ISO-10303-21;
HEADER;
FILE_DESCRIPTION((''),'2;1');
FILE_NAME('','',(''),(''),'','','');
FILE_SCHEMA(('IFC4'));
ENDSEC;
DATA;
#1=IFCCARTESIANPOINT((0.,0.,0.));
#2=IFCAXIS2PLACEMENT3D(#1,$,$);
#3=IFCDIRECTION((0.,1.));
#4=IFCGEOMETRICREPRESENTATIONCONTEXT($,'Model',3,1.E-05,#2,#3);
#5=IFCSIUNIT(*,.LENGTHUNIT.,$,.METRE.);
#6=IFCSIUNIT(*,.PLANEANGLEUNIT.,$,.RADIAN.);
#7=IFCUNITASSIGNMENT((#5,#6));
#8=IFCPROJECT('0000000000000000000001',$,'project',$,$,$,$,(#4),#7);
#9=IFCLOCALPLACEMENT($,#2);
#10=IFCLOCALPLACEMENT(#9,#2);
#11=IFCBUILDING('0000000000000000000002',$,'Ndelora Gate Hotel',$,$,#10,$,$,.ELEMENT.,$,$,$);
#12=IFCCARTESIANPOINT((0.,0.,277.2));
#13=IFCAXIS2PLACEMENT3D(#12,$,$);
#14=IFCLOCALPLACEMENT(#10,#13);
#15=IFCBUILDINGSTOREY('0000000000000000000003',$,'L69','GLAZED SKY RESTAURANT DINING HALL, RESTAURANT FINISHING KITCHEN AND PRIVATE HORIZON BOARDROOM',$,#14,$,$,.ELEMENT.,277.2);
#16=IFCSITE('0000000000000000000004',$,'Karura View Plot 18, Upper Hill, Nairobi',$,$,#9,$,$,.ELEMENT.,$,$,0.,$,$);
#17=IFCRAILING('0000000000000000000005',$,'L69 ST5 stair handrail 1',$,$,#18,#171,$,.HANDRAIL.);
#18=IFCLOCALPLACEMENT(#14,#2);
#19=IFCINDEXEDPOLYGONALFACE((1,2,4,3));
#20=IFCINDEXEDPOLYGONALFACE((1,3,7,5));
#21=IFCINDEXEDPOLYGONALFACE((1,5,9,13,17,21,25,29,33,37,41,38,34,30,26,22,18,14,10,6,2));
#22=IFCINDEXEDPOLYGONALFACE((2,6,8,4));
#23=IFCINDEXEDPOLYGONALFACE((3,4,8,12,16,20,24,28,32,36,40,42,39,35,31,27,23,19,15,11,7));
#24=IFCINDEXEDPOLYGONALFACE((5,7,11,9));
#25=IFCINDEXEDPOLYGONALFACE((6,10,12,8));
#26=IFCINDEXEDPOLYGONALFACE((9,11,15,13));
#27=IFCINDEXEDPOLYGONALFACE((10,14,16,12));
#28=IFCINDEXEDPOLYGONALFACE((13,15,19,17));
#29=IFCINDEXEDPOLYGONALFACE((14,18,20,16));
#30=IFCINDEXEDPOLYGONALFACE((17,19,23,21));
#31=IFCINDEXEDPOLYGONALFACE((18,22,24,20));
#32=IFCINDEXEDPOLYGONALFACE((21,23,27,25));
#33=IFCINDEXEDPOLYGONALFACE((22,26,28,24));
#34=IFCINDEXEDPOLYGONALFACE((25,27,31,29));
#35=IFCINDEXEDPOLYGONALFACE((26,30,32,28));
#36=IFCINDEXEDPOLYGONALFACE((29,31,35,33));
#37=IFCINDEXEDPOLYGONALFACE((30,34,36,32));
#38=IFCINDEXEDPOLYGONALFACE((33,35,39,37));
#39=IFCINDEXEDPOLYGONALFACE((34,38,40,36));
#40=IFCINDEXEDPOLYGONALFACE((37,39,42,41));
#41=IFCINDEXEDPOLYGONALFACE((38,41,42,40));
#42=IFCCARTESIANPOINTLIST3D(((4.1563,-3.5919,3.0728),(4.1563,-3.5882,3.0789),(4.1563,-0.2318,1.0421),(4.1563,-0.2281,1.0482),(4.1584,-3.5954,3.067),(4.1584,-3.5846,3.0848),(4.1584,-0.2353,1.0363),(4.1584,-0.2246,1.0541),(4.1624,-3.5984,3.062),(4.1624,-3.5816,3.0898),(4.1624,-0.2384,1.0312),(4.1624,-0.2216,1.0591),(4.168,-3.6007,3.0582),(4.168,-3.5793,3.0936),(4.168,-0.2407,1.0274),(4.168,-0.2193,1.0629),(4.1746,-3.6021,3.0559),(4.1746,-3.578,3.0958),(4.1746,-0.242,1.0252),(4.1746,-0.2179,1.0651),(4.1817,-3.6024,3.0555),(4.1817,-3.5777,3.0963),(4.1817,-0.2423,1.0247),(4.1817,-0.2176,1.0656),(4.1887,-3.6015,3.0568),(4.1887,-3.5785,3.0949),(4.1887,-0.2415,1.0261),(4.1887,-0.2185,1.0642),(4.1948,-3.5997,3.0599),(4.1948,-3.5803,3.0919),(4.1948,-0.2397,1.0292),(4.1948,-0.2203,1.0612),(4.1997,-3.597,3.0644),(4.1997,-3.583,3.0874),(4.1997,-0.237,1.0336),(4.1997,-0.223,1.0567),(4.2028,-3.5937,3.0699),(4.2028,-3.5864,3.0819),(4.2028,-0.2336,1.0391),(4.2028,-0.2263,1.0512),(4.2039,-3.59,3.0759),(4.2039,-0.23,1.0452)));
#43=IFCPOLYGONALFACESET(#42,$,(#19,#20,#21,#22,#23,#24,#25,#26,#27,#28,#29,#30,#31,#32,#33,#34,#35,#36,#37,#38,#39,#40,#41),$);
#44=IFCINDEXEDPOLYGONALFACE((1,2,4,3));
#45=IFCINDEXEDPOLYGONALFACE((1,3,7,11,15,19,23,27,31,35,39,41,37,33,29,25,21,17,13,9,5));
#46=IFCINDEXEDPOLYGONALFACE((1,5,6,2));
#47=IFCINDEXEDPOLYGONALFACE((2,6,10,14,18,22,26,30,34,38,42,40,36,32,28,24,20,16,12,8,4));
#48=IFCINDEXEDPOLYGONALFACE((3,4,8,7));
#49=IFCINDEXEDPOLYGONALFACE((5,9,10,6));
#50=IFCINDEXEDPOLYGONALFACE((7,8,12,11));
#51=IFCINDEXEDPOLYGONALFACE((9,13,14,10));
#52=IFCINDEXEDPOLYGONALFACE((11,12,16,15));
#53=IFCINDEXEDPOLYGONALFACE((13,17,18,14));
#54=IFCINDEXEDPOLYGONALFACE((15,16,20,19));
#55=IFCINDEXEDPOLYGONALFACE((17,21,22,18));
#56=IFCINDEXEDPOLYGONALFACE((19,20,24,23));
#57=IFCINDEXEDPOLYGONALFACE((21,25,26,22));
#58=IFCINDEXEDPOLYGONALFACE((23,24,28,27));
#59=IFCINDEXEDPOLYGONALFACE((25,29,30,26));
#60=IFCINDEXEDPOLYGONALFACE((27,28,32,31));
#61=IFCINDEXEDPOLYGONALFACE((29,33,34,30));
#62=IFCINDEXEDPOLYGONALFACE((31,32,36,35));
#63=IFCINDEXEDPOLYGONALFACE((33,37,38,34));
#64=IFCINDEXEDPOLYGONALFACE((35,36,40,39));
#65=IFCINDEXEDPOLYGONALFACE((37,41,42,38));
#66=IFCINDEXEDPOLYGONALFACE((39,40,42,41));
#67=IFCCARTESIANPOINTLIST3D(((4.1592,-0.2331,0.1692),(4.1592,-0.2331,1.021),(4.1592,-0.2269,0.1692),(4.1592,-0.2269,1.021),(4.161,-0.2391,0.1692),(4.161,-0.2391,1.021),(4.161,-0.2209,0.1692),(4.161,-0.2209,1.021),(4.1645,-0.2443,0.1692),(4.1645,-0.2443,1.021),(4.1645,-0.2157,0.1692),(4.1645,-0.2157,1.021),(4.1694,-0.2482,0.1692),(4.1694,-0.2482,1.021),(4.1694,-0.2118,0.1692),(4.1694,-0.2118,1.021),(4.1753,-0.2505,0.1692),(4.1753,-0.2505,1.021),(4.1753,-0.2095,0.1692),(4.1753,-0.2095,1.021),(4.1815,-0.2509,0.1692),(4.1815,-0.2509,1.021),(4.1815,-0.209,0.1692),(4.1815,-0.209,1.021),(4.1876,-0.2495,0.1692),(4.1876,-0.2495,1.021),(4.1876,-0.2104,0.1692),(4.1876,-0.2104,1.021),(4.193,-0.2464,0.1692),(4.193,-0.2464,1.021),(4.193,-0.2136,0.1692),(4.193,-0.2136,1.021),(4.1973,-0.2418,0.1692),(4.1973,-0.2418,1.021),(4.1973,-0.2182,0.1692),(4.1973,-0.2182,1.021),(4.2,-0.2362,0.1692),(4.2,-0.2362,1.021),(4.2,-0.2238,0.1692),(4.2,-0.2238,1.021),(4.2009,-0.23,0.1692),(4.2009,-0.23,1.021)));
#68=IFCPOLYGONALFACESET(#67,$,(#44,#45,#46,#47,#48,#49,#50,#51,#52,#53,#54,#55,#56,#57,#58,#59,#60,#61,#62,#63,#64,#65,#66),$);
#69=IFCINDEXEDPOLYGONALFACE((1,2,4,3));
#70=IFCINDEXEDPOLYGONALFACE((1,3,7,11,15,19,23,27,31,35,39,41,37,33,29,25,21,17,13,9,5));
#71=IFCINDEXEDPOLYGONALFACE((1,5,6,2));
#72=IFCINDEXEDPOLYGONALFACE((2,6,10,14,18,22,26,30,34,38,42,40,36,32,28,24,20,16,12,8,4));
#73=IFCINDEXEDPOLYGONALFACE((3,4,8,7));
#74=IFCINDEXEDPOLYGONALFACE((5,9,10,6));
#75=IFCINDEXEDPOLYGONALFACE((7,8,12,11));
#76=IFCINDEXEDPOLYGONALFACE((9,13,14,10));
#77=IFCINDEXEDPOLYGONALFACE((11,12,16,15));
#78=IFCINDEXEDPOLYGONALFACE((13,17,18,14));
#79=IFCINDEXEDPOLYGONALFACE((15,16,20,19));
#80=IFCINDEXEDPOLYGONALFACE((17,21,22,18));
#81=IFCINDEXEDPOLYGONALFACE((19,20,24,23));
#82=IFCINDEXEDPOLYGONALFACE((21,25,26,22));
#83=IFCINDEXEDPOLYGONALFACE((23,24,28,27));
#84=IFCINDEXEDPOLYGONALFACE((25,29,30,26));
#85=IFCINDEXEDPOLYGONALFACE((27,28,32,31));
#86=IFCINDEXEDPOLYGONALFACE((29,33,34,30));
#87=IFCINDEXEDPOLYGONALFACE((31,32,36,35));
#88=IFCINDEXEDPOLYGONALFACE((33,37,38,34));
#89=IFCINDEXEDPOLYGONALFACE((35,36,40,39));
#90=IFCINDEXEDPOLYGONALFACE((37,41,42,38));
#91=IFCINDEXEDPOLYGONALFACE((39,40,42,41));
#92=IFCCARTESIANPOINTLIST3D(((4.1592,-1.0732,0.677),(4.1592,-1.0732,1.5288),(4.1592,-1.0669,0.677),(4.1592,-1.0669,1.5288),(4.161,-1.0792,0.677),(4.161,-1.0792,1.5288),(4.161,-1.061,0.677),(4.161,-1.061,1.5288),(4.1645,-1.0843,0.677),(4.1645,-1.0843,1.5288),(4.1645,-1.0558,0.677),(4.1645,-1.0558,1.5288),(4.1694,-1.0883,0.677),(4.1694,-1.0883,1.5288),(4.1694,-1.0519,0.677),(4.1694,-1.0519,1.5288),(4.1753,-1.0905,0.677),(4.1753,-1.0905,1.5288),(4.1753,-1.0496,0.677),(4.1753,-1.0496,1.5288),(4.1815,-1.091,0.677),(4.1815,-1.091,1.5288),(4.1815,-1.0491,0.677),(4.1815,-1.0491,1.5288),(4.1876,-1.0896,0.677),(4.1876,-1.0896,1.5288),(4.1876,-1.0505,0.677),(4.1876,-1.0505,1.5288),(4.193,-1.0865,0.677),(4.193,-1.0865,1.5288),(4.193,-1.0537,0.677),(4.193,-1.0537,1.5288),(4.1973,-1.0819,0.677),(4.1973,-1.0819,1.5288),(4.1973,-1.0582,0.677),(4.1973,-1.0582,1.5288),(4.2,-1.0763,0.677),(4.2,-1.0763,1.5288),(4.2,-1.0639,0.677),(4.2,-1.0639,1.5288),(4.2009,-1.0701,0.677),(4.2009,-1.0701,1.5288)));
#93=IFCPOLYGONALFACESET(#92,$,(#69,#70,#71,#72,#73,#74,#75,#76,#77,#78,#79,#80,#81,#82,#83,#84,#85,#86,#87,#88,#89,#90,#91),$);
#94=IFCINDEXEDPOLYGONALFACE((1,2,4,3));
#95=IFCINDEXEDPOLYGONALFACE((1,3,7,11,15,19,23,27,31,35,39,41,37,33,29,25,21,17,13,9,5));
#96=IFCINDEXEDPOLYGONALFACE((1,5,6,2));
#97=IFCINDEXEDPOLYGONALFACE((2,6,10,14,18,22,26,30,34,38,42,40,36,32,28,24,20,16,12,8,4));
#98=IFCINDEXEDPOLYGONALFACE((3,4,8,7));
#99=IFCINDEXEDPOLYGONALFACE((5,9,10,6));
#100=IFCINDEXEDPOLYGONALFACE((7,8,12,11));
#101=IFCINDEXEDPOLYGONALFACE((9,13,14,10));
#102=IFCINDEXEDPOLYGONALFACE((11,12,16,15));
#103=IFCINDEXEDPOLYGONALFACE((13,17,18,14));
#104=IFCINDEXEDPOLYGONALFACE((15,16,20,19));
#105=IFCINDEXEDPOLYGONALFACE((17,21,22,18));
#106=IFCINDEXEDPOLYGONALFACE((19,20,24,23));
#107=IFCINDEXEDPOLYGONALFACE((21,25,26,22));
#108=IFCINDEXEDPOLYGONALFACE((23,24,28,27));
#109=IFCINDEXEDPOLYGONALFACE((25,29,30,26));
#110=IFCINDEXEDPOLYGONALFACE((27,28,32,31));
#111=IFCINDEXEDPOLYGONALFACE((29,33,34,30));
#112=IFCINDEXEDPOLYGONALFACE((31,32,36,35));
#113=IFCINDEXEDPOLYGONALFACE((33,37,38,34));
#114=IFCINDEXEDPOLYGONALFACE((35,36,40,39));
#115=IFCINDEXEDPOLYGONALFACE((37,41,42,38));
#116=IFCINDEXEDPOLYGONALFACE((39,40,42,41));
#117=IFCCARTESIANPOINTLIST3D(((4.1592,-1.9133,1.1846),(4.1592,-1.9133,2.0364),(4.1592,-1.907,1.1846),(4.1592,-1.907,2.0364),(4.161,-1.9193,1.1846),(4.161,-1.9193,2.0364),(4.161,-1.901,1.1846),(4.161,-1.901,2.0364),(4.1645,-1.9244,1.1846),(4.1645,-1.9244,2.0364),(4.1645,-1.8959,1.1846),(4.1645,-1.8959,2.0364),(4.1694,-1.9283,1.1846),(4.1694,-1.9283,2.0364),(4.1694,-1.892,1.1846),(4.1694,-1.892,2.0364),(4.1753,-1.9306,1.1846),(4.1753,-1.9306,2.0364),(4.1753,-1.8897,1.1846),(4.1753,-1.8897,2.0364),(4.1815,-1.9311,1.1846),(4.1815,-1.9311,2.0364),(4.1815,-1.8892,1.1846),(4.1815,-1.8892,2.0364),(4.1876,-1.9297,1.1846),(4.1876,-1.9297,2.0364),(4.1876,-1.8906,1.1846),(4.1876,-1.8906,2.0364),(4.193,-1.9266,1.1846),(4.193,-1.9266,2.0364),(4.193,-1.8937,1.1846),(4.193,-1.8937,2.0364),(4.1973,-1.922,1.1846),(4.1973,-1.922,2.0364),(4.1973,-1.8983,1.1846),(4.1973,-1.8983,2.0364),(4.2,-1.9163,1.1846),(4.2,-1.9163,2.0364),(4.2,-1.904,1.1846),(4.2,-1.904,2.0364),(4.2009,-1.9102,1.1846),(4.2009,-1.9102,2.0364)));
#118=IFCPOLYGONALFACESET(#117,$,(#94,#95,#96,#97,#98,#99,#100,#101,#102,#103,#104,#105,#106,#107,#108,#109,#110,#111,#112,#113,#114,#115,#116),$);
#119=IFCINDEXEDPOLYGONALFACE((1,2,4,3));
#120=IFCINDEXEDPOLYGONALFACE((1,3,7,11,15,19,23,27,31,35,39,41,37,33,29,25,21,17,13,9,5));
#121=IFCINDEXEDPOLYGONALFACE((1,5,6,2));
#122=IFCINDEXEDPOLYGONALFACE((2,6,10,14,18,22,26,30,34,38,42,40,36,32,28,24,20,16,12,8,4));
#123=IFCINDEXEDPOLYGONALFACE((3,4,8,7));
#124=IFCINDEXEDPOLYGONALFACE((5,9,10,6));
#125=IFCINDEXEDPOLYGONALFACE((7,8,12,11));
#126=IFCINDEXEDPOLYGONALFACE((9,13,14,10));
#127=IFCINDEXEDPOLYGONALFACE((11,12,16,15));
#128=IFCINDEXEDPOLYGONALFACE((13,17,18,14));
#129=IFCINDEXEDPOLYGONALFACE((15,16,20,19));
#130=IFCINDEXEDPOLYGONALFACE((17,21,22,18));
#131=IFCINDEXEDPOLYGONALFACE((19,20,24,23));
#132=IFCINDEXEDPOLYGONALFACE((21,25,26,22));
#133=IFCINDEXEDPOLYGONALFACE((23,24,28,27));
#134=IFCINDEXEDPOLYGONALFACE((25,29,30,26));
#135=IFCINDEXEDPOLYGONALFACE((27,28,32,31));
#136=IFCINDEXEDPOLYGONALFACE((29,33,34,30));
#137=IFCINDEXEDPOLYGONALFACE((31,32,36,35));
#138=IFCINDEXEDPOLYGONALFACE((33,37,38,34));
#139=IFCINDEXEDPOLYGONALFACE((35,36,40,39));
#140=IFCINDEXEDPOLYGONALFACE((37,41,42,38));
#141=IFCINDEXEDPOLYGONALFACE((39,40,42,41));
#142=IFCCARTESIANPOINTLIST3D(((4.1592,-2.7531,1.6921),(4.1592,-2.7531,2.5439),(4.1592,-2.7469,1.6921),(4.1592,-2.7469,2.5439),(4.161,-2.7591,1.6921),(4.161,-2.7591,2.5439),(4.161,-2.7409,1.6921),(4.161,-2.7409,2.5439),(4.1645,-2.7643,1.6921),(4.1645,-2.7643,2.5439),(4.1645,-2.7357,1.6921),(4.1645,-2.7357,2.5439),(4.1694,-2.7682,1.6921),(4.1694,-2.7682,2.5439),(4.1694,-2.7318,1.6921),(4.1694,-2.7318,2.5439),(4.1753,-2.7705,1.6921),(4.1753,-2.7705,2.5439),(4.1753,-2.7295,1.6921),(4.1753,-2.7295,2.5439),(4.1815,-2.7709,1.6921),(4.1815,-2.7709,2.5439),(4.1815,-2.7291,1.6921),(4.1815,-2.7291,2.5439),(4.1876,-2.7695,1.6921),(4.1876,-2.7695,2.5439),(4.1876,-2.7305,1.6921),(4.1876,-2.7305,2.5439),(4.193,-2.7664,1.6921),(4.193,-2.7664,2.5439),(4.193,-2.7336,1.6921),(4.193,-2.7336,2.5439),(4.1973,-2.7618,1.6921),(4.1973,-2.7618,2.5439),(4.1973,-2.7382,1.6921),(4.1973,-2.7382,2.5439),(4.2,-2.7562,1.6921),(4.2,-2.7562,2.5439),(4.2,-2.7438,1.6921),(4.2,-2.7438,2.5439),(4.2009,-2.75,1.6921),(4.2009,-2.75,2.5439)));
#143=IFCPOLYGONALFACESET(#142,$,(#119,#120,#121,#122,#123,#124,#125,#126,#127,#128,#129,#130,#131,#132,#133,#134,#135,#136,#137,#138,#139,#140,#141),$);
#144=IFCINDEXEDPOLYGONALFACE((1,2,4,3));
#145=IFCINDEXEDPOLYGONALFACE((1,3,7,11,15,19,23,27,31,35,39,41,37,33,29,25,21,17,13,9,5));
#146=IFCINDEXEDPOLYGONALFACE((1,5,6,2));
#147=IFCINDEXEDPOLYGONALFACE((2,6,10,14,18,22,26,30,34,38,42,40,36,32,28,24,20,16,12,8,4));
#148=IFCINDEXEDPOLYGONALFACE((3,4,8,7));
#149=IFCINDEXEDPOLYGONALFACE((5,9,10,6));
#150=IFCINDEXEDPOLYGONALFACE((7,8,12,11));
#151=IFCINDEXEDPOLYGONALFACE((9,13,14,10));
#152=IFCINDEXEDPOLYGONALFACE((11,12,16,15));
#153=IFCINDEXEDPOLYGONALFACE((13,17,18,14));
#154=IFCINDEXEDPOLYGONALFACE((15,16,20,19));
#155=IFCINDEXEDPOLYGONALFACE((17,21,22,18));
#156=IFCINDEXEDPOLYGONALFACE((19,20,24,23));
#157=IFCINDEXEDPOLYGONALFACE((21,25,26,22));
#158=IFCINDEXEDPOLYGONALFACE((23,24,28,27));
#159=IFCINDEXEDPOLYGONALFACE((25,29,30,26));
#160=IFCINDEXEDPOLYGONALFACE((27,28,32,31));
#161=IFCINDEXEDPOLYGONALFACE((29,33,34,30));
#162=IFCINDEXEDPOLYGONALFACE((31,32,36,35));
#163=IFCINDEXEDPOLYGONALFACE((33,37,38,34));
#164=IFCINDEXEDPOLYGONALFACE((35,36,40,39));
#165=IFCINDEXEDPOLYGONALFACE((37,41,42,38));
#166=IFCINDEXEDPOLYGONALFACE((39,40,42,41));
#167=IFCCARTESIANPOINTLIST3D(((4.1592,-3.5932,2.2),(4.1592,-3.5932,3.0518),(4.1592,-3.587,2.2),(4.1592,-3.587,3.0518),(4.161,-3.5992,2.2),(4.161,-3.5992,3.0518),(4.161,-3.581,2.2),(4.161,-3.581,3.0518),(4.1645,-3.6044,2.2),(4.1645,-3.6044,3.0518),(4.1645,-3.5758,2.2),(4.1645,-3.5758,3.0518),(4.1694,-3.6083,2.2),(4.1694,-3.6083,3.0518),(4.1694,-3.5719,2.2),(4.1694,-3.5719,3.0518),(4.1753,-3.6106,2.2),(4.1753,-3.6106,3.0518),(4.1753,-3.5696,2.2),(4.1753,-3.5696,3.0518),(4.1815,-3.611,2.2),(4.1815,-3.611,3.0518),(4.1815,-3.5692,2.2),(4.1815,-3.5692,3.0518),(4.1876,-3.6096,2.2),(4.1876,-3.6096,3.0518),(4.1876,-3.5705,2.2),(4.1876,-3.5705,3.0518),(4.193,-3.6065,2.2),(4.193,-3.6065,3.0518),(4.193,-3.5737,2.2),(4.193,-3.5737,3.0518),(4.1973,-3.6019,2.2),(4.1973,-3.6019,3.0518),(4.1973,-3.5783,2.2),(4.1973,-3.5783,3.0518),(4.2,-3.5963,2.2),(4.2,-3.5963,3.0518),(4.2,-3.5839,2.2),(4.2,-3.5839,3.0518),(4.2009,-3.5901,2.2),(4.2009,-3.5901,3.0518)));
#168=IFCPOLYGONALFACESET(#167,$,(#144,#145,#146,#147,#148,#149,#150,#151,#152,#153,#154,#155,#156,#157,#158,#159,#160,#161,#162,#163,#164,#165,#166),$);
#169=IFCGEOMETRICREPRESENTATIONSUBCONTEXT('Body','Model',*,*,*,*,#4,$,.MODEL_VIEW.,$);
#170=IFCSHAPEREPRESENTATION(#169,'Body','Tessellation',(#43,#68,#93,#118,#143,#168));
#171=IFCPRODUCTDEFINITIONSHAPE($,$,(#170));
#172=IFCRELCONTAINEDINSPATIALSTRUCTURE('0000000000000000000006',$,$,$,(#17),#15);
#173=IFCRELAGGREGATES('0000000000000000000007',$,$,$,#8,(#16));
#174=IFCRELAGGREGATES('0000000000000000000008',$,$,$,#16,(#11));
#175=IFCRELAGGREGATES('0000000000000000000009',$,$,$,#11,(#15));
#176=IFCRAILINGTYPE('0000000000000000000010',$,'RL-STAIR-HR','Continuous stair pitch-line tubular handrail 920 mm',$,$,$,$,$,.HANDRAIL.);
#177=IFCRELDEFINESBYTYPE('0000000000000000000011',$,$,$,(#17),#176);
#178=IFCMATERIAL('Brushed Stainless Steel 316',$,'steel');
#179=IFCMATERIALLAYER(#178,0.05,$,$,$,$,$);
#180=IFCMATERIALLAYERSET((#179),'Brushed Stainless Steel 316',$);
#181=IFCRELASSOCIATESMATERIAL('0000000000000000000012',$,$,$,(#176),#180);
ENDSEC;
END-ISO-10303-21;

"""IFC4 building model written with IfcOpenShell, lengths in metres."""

from ifc_helpers import new_model, si_unit, direction, frame, origin, origin_2d, place, context, subcontext, project, spatial, circle, extrude, material, layer, layer_set, type_object, element, save


model = new_model("IFC4")

# Units and contexts
model_context = context("Model", 3, precision=1e-05, world=origin(), true_north=direction((0.0, 1.0)))
body_context = subcontext(model_context, "Body", "Model", "MODEL_VIEW")
ifc_project = project(units=[si_unit("LENGTHUNIT", "METRE"), si_unit("PLANEANGLEUNIT", "RADIAN")], contexts=[model_context])

# Site, building, storey
site_placement = place(None, origin())
site = spatial("IfcSite", under=ifc_project, at=site_placement, Name="Karura View Plot 18, Upper Hill, Nairobi", CompositionType="ELEMENT", RefElevation=0.0)
building_placement = place(site_placement, origin())
building = spatial("IfcBuilding", under=site, at=building_placement, Name="Ndelora Gate Hotel", CompositionType="ELEMENT")
storey_placement = place(building_placement, frame((0.0, 0.0, 277.2)))
storey = spatial("IfcBuildingStorey", under=building, at=storey_placement, Name="L69", Description="GLAZED SKY RESTAURANT DINING HALL, RESTAURANT FINISHING KITCHEN AND PRIVATE HORIZON BOARDROOM", CompositionType="ELEMENT", Elevation=277.2)

# Railing
ifc_material_1 = material(Name="Brushed Stainless Steel 316", Category="steel")
ifc_layer_1 = layer(ifc_material_1, 0.05)
ifc_layer_set_1 = layer_set([ifc_layer_1], Name="Brushed Stainless Steel 316")
railing_type_1 = type_object("IfcRailingType", Name="RL-STAIR-HR", Description="Continuous stair pitch-line tubular handrail 920 mm", PredefinedType="HANDRAIL", material=ifc_layer_set_1)
railing_1_placement = place(storey_placement, frame((4.1799, -0.23, 0.1692)))
element("IfcRailing", 1, at=railing_1_placement, inside=storey, type_object=railing_type_1, Name="L69 ST5 stair handrail 1", PredefinedType="HANDRAIL", context=body_context, shape_type="SweptSolid", body=[
    extrude(circle(Radius=0.0239, at=origin_2d()), frame((0.0, 0.0, 0.876), z_axis=(0.0, -0.855837, 0.517246), x_axis=(1.0, 0.0, 0.0)), (0.0, 0.0, 1.0), 3.926),
    extrude(circle(Radius=0.021, at=origin_2d()), origin(), (0.0, 0.0, 1.0), 0.8518),
    extrude(circle(Radius=0.021, at=origin_2d()), frame((0.0, -0.8401, 0.5078)), (0.0, 0.0, 1.0), 0.8518),
    extrude(circle(Radius=0.021, at=origin_2d()), frame((0.0, -1.6802, 1.0154)), (0.0, 0.0, 1.0), 0.8518),
    extrude(circle(Radius=0.021, at=origin_2d()), frame((0.0, -2.52, 1.5229)), (0.0, 0.0, 1.0), 0.8518),
    extrude(circle(Radius=0.021, at=origin_2d()), frame((0.0, -3.3601, 2.0308)), (0.0, 0.0, 1.0), 0.8518),
])

save(model, "model.ifc")
